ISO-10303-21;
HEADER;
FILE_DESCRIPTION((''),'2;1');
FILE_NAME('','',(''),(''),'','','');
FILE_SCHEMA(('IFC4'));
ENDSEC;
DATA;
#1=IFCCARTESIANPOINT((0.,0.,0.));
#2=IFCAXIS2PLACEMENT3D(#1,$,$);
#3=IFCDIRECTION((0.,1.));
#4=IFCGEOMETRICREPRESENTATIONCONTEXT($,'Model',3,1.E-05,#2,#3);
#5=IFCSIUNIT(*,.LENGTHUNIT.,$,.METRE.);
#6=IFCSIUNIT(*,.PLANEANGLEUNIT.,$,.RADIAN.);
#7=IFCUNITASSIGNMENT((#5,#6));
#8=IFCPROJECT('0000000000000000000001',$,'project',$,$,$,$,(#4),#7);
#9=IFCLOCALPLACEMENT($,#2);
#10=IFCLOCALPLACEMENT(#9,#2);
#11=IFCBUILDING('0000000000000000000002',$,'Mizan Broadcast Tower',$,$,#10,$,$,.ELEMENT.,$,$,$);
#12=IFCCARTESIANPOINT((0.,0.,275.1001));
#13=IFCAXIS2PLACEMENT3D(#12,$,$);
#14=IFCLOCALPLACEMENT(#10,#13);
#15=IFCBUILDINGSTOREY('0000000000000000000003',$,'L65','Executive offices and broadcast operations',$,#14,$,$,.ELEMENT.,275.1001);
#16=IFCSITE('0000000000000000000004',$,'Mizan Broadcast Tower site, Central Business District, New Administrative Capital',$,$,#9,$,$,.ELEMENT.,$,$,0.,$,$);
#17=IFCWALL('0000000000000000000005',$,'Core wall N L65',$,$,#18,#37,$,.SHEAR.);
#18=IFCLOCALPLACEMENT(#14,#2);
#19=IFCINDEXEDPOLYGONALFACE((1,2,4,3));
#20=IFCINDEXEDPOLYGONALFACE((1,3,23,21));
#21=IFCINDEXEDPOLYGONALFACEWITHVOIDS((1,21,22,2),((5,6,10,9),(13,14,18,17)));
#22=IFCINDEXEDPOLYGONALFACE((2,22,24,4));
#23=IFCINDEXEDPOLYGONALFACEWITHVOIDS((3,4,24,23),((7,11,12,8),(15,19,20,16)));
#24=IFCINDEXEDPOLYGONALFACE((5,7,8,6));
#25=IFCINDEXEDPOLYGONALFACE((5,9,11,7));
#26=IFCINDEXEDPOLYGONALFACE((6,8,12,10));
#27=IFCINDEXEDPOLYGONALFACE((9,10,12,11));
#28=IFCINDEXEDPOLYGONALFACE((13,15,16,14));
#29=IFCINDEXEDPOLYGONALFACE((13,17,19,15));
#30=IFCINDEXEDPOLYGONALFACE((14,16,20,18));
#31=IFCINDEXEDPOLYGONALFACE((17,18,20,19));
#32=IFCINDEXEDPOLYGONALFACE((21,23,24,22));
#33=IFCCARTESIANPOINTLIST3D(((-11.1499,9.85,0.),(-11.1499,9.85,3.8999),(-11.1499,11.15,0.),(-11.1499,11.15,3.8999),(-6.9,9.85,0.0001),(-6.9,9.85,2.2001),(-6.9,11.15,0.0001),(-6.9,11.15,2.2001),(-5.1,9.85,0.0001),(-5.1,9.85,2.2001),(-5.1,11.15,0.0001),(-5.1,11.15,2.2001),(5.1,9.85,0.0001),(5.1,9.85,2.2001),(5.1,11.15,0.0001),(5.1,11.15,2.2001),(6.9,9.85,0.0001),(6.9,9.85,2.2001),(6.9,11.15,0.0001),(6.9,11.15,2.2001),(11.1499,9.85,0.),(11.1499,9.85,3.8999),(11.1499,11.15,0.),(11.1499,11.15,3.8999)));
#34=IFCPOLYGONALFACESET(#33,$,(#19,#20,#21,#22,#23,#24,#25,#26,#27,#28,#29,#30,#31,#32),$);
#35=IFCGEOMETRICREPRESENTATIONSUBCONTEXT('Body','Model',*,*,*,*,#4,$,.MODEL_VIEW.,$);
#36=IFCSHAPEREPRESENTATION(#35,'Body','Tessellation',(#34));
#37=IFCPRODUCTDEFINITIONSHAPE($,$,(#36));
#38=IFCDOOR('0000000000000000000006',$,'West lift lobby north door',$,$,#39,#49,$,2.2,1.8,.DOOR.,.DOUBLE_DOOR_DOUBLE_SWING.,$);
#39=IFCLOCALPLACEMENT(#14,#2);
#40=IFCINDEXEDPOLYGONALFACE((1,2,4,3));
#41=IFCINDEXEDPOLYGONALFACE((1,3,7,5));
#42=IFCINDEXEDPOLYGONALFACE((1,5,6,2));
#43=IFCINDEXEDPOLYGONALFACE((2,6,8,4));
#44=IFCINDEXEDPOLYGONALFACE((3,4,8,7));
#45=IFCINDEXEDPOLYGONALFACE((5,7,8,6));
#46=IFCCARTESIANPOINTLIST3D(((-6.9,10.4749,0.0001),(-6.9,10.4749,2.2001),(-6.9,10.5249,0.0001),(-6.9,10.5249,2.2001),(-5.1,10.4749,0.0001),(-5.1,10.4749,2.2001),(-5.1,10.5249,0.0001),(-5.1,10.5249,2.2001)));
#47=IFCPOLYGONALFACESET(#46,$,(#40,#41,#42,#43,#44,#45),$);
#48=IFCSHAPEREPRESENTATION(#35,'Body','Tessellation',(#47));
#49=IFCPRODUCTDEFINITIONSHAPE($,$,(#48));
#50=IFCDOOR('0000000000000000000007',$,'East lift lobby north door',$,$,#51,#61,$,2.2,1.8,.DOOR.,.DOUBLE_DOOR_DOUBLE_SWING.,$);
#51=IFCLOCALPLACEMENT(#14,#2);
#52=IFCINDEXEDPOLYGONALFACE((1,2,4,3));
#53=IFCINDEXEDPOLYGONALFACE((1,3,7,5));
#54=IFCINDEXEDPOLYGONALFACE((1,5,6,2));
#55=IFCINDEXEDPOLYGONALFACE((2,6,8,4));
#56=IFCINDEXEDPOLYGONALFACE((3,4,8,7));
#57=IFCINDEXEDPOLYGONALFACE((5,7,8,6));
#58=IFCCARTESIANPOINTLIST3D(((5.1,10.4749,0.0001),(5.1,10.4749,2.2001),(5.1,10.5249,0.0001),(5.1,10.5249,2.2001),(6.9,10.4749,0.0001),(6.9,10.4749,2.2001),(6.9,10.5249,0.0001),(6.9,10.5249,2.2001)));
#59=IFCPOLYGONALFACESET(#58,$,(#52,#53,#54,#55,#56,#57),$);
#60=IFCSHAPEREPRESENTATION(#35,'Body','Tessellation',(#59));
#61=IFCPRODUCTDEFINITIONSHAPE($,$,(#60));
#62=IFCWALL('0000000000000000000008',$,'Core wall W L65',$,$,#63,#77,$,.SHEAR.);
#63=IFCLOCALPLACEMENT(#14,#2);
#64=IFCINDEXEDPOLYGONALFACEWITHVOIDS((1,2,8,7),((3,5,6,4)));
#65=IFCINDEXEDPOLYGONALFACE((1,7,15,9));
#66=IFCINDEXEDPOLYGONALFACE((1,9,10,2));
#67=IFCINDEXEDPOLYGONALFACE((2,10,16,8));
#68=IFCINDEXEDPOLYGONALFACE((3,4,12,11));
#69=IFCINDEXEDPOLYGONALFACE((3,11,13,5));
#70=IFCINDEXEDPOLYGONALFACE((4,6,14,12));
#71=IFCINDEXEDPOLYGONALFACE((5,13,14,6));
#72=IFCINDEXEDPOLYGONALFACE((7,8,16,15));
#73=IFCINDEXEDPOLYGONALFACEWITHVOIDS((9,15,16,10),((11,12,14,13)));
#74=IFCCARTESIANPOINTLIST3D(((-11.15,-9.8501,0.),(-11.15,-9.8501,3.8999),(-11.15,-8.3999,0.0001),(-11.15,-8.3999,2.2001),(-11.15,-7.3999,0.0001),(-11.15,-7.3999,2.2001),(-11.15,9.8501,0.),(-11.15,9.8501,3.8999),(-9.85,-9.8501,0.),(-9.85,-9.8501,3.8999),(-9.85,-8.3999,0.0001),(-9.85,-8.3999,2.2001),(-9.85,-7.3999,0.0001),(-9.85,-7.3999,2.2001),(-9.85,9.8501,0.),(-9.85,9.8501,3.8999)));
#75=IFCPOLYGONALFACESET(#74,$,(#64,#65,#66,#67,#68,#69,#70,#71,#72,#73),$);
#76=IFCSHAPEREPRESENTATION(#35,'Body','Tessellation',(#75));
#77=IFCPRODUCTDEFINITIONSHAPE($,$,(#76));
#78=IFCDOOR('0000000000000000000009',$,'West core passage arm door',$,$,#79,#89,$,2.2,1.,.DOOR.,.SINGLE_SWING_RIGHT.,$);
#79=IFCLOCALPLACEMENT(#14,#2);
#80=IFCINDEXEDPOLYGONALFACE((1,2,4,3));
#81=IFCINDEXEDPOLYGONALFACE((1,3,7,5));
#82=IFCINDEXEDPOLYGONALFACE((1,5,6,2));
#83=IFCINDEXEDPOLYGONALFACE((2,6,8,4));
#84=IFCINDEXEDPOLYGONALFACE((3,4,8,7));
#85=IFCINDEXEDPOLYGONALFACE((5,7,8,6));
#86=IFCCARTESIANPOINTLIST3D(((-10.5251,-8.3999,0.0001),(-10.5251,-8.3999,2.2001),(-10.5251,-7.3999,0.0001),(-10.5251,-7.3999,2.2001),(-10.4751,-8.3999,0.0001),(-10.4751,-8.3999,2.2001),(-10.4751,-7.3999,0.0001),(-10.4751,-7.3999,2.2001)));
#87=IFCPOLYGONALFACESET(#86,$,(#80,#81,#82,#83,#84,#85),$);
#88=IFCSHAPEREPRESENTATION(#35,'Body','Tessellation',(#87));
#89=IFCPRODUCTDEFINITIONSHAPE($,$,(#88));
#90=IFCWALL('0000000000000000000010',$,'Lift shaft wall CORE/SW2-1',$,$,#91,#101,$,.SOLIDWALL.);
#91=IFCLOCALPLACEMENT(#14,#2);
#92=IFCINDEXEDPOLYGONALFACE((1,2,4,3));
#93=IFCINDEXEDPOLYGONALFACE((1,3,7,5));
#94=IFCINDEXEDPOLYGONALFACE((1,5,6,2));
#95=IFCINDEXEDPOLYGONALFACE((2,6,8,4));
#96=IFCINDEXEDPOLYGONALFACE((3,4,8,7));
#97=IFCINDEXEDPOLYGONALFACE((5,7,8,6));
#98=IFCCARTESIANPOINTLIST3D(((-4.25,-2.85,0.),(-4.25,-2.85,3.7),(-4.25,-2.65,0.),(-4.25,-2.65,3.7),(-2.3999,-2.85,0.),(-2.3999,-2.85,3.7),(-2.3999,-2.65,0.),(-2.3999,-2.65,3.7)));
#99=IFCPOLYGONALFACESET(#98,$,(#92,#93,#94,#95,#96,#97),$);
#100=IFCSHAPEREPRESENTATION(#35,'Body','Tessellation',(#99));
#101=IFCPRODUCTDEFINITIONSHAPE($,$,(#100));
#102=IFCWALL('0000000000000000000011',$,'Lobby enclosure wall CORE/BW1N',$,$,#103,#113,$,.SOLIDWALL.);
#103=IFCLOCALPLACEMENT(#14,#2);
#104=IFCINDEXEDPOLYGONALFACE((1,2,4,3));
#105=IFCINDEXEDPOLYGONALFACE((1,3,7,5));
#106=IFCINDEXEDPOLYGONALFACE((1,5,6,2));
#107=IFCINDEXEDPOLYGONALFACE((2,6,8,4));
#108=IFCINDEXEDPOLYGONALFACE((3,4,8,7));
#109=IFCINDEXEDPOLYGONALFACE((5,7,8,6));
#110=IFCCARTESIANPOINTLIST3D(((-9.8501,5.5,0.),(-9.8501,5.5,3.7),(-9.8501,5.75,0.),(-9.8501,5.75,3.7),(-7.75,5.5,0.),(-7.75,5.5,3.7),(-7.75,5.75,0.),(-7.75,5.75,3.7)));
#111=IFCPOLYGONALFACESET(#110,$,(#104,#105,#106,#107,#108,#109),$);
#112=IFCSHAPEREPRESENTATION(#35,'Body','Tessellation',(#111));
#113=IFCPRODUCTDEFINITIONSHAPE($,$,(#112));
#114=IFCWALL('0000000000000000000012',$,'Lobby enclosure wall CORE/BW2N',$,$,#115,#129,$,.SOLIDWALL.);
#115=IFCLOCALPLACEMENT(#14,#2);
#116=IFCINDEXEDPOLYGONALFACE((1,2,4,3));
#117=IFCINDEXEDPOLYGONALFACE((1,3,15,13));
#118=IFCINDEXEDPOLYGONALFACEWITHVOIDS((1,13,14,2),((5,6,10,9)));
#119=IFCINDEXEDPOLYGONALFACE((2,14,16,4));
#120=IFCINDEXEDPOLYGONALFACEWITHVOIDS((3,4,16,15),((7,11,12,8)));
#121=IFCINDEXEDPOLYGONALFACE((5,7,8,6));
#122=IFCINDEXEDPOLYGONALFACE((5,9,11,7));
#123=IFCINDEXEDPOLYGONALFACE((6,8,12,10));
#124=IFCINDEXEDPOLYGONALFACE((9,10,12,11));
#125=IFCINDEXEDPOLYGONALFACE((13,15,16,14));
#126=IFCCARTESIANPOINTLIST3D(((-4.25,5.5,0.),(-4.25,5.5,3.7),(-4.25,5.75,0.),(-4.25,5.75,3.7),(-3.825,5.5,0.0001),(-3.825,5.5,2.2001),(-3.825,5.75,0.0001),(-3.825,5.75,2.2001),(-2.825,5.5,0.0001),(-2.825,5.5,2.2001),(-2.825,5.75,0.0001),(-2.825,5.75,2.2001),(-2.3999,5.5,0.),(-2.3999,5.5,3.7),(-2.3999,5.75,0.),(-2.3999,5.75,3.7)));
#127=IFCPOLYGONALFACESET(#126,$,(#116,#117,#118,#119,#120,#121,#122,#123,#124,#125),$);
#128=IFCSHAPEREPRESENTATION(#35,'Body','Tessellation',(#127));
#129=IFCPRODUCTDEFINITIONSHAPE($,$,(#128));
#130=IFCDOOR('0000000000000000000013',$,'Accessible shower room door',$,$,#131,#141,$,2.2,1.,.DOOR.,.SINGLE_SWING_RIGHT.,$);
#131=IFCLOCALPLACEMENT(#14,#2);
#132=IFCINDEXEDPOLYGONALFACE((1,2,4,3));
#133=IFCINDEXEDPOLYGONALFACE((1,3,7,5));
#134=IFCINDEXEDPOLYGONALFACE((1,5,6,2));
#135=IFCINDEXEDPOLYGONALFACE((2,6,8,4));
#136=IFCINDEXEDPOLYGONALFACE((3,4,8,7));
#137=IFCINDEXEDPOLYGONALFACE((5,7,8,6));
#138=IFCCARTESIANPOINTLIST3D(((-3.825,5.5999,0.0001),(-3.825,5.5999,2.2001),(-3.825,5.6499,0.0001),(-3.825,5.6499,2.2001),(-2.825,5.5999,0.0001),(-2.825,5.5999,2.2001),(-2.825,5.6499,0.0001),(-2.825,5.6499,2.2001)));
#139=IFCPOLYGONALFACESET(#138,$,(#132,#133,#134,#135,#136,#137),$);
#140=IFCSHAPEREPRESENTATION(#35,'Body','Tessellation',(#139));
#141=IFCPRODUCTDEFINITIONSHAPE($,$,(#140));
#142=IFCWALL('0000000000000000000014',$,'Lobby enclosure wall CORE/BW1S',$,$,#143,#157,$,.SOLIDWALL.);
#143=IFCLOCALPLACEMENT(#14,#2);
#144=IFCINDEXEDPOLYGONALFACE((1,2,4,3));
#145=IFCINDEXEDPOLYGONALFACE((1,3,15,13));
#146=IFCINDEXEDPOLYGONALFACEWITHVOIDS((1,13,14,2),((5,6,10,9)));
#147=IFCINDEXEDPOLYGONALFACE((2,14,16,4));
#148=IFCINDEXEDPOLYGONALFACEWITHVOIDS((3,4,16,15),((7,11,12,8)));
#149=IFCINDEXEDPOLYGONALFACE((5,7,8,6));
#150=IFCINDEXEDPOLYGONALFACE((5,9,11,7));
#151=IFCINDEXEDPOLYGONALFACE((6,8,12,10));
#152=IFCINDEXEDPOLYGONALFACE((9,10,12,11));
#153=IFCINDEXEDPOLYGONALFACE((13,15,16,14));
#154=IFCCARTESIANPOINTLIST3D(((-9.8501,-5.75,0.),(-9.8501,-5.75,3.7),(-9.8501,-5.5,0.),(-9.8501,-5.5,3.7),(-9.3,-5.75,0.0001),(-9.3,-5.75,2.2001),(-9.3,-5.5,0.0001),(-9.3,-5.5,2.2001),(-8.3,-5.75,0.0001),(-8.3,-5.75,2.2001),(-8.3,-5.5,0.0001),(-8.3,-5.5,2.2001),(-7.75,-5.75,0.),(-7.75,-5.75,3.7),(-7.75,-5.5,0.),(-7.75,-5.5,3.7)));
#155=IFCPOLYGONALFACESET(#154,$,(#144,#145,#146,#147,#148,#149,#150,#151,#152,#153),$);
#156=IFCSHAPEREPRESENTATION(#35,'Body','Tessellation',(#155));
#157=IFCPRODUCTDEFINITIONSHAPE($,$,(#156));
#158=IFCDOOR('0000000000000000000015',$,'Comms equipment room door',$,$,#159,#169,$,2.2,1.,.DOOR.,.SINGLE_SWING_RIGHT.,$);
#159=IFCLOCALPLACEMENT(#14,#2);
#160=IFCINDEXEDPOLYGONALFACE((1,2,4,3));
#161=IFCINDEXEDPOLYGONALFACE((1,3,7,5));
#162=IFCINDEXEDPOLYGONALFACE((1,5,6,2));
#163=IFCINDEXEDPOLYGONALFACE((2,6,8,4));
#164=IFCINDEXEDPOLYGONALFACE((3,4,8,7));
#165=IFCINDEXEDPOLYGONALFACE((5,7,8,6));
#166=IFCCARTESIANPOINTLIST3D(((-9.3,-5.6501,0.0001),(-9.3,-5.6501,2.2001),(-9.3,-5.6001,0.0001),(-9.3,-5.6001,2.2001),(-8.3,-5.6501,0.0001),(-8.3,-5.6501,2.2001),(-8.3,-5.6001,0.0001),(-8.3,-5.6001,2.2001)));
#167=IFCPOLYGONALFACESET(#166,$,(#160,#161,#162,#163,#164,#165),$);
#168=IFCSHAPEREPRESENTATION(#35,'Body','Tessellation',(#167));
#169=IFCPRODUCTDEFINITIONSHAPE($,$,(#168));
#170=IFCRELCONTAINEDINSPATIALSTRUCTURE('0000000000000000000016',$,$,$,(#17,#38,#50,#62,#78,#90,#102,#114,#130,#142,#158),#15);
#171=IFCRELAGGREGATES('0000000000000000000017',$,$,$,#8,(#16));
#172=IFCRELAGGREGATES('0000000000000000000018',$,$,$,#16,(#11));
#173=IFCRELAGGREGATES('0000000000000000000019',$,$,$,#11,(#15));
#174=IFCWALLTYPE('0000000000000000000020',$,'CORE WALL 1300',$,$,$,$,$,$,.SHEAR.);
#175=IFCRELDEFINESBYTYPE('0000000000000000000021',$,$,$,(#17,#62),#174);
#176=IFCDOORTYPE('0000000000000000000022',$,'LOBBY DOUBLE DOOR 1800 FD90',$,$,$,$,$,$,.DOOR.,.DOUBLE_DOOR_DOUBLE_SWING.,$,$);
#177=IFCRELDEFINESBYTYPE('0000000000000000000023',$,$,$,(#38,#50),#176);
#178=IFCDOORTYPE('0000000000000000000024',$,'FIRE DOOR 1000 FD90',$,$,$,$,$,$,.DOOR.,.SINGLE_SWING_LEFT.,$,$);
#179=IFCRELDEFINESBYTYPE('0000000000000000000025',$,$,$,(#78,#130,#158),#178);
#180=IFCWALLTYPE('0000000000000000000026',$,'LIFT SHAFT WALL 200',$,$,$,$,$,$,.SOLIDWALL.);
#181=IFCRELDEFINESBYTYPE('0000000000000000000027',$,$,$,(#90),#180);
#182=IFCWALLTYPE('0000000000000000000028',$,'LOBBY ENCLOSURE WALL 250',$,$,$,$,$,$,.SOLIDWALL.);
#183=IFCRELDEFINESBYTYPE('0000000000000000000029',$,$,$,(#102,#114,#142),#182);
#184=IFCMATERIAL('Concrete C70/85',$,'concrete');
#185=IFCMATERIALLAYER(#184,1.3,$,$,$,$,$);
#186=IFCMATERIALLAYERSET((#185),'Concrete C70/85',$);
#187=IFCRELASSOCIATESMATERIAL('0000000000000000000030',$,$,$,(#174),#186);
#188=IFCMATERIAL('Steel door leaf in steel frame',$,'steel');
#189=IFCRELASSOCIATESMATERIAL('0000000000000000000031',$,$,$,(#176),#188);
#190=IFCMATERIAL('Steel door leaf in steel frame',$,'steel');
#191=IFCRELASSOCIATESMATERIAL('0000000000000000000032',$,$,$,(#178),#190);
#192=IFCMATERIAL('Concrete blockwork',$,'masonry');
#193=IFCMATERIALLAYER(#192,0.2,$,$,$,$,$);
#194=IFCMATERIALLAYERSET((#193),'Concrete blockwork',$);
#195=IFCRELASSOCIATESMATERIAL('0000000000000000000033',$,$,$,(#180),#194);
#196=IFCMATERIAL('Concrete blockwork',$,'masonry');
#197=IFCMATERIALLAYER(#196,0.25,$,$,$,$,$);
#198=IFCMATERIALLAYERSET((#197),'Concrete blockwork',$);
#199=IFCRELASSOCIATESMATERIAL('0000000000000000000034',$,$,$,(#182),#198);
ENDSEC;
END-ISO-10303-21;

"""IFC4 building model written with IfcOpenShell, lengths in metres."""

from ifc_helpers import new_model, si_unit, direction, frame, frame_2d, origin, place, context, subcontext, project, spatial, rectangle, extrude, material, layer, layer_set, type_object, element, fill, save


model = new_model("IFC4")

# Units and contexts
model_context = context("Model", 3, precision=1e-05, world=origin(), true_north=direction((0.0, 1.0)))
body_context = subcontext(model_context, "Body", "Model", "MODEL_VIEW")
ifc_project = project(units=[si_unit("LENGTHUNIT", "METRE"), si_unit("PLANEANGLEUNIT", "RADIAN")], contexts=[model_context])

# Site, building, storey
site_placement = place(None, origin())
site = spatial("IfcSite", under=ifc_project, at=site_placement, Name="Mizan Broadcast Tower site, Central Business District, New Administrative Capital", CompositionType="ELEMENT", RefElevation=0.0)
building_placement = place(site_placement, origin())
building = spatial("IfcBuilding", under=site, at=building_placement, Name="Mizan Broadcast Tower", CompositionType="ELEMENT")
storey_placement = place(building_placement, frame((0.0, 0.0, 275.1001)))
storey = spatial("IfcBuildingStorey", under=building, at=storey_placement, Name="L65", Description="Executive offices and broadcast operations", CompositionType="ELEMENT", Elevation=275.1001)

# Wall, openings, doors
ifc_material_1 = material(Name="Concrete C70/85", Category="concrete")
ifc_layer_1 = layer(ifc_material_1, 1.3)
ifc_layer_set_1 = layer_set([ifc_layer_1], Name="Concrete C70/85")
wall_type_1 = type_object("IfcWallType", Name="CORE WALL 1300", PredefinedType="SHEAR", material=ifc_layer_set_1)
wall_1_placement = place(storey_placement, frame((-11.1499, 10.5, 0.0), z_axis=(0.0, 0.0, 1.0), x_axis=(1.0, 0.0, 0.0)))
wall_1 = element("IfcWall", 1, at=wall_1_placement, inside=storey, type_object=wall_type_1, Name="Core wall N L65", PredefinedType="SHEAR", context=body_context, shape_type="SweptSolid", body=[
    extrude(rectangle(XDim=22.2998, YDim=1.3, at=frame_2d((11.1499, 0.0))), origin(), (0.0, 0.0, 1.0), 3.8999),
])
opening_1_placement = place(wall_1_placement, frame((4.25, 0.0, 0.0)))
opening_1 = element("IfcOpeningElement", 2, at=opening_1_placement, cuts=wall_1, PredefinedType="OPENING", context=body_context, shape_type="SweptSolid", body=[
    extrude(rectangle(XDim=1.8, YDim=2.2, at=frame_2d((0.8999, 1.1001))), frame((0.0, 0.6599, 0.0), z_axis=(0.0, -1.0, 0.0), x_axis=(1.0, 0.0, 0.0)), (0.0, 0.0, 1.0), 1.3201),
])
opening_2_placement = place(wall_1_placement, frame((16.25, 0.0, 0.0)))
opening_2 = element("IfcOpeningElement", 3, at=opening_2_placement, cuts=wall_1, PredefinedType="OPENING", context=body_context, shape_type="SweptSolid", body=[
    extrude(rectangle(XDim=1.8, YDim=2.2, at=frame_2d((0.8999, 1.1001))), frame((0.0, 0.6599, 0.0), z_axis=(0.0, -1.0, 0.0), x_axis=(1.0, 0.0, 0.0)), (0.0, 0.0, 1.0), 1.3201),
])
ifc_material_2 = material(Name="Steel door leaf in steel frame", Category="steel")
door_type_1 = type_object("IfcDoorType", Name="LOBBY DOUBLE DOOR 1800 FD90", OperationType="DOUBLE_DOOR_DOUBLE_SWING", PredefinedType="DOOR", material=ifc_material_2)
door_1_placement = place(opening_1_placement, origin())
door_1 = element("IfcDoor", 4, at=door_1_placement, inside=storey, type_object=door_type_1, Name="West lift lobby north door", OperationType="DOUBLE_DOOR_DOUBLE_SWING", OverallHeight=2.2, OverallWidth=1.8, PredefinedType="DOOR", context=body_context, shape_type="SweptSolid", body=[
    extrude(rectangle(XDim=1.8, YDim=2.2, at=frame_2d((0.8999, 1.1001))), frame((0.0, 0.0249, 0.0), z_axis=(0.0, -1.0, 0.0), x_axis=(1.0, 0.0, 0.0)), (0.0, 0.0, 1.0), 0.05),
])
fill(opening_1, door_1)
door_2_placement = place(opening_2_placement, origin())
door_2 = element("IfcDoor", 5, at=door_2_placement, inside=storey, type_object=door_type_1, Name="East lift lobby north door", OperationType="DOUBLE_DOOR_DOUBLE_SWING", OverallHeight=2.2, OverallWidth=1.8, PredefinedType="DOOR", context=body_context, shape_type="SweptSolid", body=[
    extrude(rectangle(XDim=1.8, YDim=2.2, at=frame_2d((0.8999, 1.1001))), frame((0.0, 0.0249, 0.0), z_axis=(0.0, -1.0, 0.0), x_axis=(1.0, 0.0, 0.0)), (0.0, 0.0, 1.0), 0.05),
])
fill(opening_2, door_2)

# Wall, opening, door
wall_2_placement = place(storey_placement, frame((-10.5, 9.8501, 0.0), z_axis=(0.0, 0.0, 1.0), x_axis=(0.0, -1.0, 0.0)))
wall_2 = element("IfcWall", 6, at=wall_2_placement, inside=storey, type_object=wall_type_1, Name="Core wall W L65", PredefinedType="SHEAR", context=body_context, shape_type="SweptSolid", body=[
    extrude(rectangle(XDim=19.7002, YDim=1.3, at=frame_2d((9.8501, 0.0))), origin(), (0.0, 0.0, 1.0), 3.8999),
])
opening_3_placement = place(wall_2_placement, frame((17.25, 0.0, 0.0)))
opening_3 = element("IfcOpeningElement", 7, at=opening_3_placement, cuts=wall_2, PredefinedType="OPENING", context=body_context, shape_type="SweptSolid", body=[
    extrude(rectangle(XDim=1.0, YDim=2.2, at=frame_2d((0.5, 1.1001))), frame((0.0, 0.6599, 0.0), z_axis=(0.0, -1.0, 0.0), x_axis=(1.0, 0.0, 0.0)), (0.0, 0.0, 1.0), 1.3201),
])
ifc_material_3 = material(Name="Steel door leaf in steel frame", Category="steel")
door_type_2 = type_object("IfcDoorType", Name="FIRE DOOR 1000 FD90", OperationType="SINGLE_SWING_LEFT", PredefinedType="DOOR", material=ifc_material_3)
door_3_placement = place(opening_3_placement, origin())
door_3 = element("IfcDoor", 8, at=door_3_placement, inside=storey, type_object=door_type_2, Name="West core passage arm door", OperationType="SINGLE_SWING_RIGHT", OverallHeight=2.2, OverallWidth=1.0, PredefinedType="DOOR", context=body_context, shape_type="SweptSolid", body=[
    extrude(rectangle(XDim=1.0, YDim=2.2, at=frame_2d((0.5, 1.1001))), frame((0.0, 0.0249, 0.0), z_axis=(0.0, -1.0, 0.0), x_axis=(1.0, 0.0, 0.0)), (0.0, 0.0, 1.0), 0.05),
])
fill(opening_3, door_3)

# Walls
ifc_material_4 = material(Name="Concrete blockwork", Category="masonry")
ifc_layer_2 = layer(ifc_material_4, 0.2)
ifc_layer_set_2 = layer_set([ifc_layer_2], Name="Concrete blockwork")
wall_type_2 = type_object("IfcWallType", Name="LIFT SHAFT WALL 200", PredefinedType="SOLIDWALL", material=ifc_layer_set_2)
wall_3_placement = place(storey_placement, frame((-4.25, -2.75, 0.0), z_axis=(0.0, 0.0, 1.0), x_axis=(1.0, 0.0, 0.0)))
element("IfcWall", 9, at=wall_3_placement, inside=storey, type_object=wall_type_2, Name="Lift shaft wall CORE/SW2-1", PredefinedType="SOLIDWALL", context=body_context, shape_type="SweptSolid", body=[
    extrude(rectangle(XDim=1.8501, YDim=0.2, at=frame_2d((0.925, 0.0))), origin(), (0.0, 0.0, 1.0), 3.7),
])
ifc_material_5 = material(Name="Concrete blockwork", Category="masonry")
ifc_layer_3 = layer(ifc_material_5, 0.25)
ifc_layer_set_3 = layer_set([ifc_layer_3], Name="Concrete blockwork")
wall_type_3 = type_object("IfcWallType", Name="LOBBY ENCLOSURE WALL 250", PredefinedType="SOLIDWALL", material=ifc_layer_set_3)
wall_4_placement = place(storey_placement, frame((-9.8501, 5.625, 0.0), z_axis=(0.0, 0.0, 1.0), x_axis=(1.0, 0.0, 0.0)))
element("IfcWall", 10, at=wall_4_placement, inside=storey, type_object=wall_type_3, Name="Lobby enclosure wall CORE/BW1N", PredefinedType="SOLIDWALL", context=body_context, shape_type="SweptSolid", body=[
    extrude(rectangle(XDim=2.1001, YDim=0.25, at=frame_2d((1.05, 0.0))), origin(), (0.0, 0.0, 1.0), 3.7),
])

# Walls, openings, doors
wall_5_placement = place(storey_placement, frame((-4.25, 5.625, 0.0), z_axis=(0.0, 0.0, 1.0), x_axis=(1.0, 0.0, 0.0)))
wall_5 = element("IfcWall", 11, at=wall_5_placement, inside=storey, type_object=wall_type_3, Name="Lobby enclosure wall CORE/BW2N", PredefinedType="SOLIDWALL", context=body_context, shape_type="SweptSolid", body=[
    extrude(rectangle(XDim=1.8501, YDim=0.25, at=frame_2d((0.925, 0.0))), origin(), (0.0, 0.0, 1.0), 3.7),
])
opening_4_placement = place(wall_5_placement, frame((0.425, 0.0, 0.0)))
opening_4 = element("IfcOpeningElement", 12, at=opening_4_placement, cuts=wall_5, PredefinedType="OPENING", context=body_context, shape_type="SweptSolid", body=[
    extrude(rectangle(XDim=1.0, YDim=2.2, at=frame_2d((0.5, 1.1001))), frame((0.0, 0.135, 0.0), z_axis=(0.0, -1.0, 0.0), x_axis=(1.0, 0.0, 0.0)), (0.0, 0.0, 1.0), 0.27),
])
door_4_placement = place(opening_4_placement, origin())
door_4 = element("IfcDoor", 13, at=door_4_placement, inside=storey, type_object=door_type_2, Name="Accessible shower room door", OperationType="SINGLE_SWING_RIGHT", OverallHeight=2.2, OverallWidth=1.0, PredefinedType="DOOR", context=body_context, shape_type="SweptSolid", body=[
    extrude(rectangle(XDim=1.0, YDim=2.2, at=frame_2d((0.5, 1.1001))), frame((0.0, 0.0249, 0.0), z_axis=(0.0, -1.0, 0.0), x_axis=(1.0, 0.0, 0.0)), (0.0, 0.0, 1.0), 0.05),
])
fill(opening_4, door_4)
wall_6_placement = place(storey_placement, frame((-9.8501, -5.625, 0.0), z_axis=(0.0, 0.0, 1.0), x_axis=(1.0, 0.0, 0.0)))
wall_6 = element("IfcWall", 14, at=wall_6_placement, inside=storey, type_object=wall_type_3, Name="Lobby enclosure wall CORE/BW1S", PredefinedType="SOLIDWALL", context=body_context, shape_type="SweptSolid", body=[
    extrude(rectangle(XDim=2.1001, YDim=0.25, at=frame_2d((1.05, 0.0))), origin(), (0.0, 0.0, 1.0), 3.7),
])
opening_5_placement = place(wall_6_placement, frame((0.55, 0.0, 0.0)))
opening_5 = element("IfcOpeningElement", 15, at=opening_5_placement, cuts=wall_6, PredefinedType="OPENING", context=body_context, shape_type="SweptSolid", body=[
    extrude(rectangle(XDim=1.0, YDim=2.2, at=frame_2d((0.5, 1.1001))), frame((0.0, 0.135, 0.0), z_axis=(0.0, -1.0, 0.0), x_axis=(1.0, 0.0, 0.0)), (0.0, 0.0, 1.0), 0.27),
])
door_5_placement = place(opening_5_placement, origin())
door_5 = element("IfcDoor", 16, at=door_5_placement, inside=storey, type_object=door_type_2, Name="Comms equipment room door", OperationType="SINGLE_SWING_RIGHT", OverallHeight=2.2, OverallWidth=1.0, PredefinedType="DOOR", context=body_context, shape_type="SweptSolid", body=[
    extrude(rectangle(XDim=1.0, YDim=2.2, at=frame_2d((0.5, 1.1001))), frame((0.0, 0.0249, 0.0), z_axis=(0.0, -1.0, 0.0), x_axis=(1.0, 0.0, 0.0)), (0.0, 0.0, 1.0), 0.05),
])
fill(opening_5, door_5)

save(model, "model.ifc")
